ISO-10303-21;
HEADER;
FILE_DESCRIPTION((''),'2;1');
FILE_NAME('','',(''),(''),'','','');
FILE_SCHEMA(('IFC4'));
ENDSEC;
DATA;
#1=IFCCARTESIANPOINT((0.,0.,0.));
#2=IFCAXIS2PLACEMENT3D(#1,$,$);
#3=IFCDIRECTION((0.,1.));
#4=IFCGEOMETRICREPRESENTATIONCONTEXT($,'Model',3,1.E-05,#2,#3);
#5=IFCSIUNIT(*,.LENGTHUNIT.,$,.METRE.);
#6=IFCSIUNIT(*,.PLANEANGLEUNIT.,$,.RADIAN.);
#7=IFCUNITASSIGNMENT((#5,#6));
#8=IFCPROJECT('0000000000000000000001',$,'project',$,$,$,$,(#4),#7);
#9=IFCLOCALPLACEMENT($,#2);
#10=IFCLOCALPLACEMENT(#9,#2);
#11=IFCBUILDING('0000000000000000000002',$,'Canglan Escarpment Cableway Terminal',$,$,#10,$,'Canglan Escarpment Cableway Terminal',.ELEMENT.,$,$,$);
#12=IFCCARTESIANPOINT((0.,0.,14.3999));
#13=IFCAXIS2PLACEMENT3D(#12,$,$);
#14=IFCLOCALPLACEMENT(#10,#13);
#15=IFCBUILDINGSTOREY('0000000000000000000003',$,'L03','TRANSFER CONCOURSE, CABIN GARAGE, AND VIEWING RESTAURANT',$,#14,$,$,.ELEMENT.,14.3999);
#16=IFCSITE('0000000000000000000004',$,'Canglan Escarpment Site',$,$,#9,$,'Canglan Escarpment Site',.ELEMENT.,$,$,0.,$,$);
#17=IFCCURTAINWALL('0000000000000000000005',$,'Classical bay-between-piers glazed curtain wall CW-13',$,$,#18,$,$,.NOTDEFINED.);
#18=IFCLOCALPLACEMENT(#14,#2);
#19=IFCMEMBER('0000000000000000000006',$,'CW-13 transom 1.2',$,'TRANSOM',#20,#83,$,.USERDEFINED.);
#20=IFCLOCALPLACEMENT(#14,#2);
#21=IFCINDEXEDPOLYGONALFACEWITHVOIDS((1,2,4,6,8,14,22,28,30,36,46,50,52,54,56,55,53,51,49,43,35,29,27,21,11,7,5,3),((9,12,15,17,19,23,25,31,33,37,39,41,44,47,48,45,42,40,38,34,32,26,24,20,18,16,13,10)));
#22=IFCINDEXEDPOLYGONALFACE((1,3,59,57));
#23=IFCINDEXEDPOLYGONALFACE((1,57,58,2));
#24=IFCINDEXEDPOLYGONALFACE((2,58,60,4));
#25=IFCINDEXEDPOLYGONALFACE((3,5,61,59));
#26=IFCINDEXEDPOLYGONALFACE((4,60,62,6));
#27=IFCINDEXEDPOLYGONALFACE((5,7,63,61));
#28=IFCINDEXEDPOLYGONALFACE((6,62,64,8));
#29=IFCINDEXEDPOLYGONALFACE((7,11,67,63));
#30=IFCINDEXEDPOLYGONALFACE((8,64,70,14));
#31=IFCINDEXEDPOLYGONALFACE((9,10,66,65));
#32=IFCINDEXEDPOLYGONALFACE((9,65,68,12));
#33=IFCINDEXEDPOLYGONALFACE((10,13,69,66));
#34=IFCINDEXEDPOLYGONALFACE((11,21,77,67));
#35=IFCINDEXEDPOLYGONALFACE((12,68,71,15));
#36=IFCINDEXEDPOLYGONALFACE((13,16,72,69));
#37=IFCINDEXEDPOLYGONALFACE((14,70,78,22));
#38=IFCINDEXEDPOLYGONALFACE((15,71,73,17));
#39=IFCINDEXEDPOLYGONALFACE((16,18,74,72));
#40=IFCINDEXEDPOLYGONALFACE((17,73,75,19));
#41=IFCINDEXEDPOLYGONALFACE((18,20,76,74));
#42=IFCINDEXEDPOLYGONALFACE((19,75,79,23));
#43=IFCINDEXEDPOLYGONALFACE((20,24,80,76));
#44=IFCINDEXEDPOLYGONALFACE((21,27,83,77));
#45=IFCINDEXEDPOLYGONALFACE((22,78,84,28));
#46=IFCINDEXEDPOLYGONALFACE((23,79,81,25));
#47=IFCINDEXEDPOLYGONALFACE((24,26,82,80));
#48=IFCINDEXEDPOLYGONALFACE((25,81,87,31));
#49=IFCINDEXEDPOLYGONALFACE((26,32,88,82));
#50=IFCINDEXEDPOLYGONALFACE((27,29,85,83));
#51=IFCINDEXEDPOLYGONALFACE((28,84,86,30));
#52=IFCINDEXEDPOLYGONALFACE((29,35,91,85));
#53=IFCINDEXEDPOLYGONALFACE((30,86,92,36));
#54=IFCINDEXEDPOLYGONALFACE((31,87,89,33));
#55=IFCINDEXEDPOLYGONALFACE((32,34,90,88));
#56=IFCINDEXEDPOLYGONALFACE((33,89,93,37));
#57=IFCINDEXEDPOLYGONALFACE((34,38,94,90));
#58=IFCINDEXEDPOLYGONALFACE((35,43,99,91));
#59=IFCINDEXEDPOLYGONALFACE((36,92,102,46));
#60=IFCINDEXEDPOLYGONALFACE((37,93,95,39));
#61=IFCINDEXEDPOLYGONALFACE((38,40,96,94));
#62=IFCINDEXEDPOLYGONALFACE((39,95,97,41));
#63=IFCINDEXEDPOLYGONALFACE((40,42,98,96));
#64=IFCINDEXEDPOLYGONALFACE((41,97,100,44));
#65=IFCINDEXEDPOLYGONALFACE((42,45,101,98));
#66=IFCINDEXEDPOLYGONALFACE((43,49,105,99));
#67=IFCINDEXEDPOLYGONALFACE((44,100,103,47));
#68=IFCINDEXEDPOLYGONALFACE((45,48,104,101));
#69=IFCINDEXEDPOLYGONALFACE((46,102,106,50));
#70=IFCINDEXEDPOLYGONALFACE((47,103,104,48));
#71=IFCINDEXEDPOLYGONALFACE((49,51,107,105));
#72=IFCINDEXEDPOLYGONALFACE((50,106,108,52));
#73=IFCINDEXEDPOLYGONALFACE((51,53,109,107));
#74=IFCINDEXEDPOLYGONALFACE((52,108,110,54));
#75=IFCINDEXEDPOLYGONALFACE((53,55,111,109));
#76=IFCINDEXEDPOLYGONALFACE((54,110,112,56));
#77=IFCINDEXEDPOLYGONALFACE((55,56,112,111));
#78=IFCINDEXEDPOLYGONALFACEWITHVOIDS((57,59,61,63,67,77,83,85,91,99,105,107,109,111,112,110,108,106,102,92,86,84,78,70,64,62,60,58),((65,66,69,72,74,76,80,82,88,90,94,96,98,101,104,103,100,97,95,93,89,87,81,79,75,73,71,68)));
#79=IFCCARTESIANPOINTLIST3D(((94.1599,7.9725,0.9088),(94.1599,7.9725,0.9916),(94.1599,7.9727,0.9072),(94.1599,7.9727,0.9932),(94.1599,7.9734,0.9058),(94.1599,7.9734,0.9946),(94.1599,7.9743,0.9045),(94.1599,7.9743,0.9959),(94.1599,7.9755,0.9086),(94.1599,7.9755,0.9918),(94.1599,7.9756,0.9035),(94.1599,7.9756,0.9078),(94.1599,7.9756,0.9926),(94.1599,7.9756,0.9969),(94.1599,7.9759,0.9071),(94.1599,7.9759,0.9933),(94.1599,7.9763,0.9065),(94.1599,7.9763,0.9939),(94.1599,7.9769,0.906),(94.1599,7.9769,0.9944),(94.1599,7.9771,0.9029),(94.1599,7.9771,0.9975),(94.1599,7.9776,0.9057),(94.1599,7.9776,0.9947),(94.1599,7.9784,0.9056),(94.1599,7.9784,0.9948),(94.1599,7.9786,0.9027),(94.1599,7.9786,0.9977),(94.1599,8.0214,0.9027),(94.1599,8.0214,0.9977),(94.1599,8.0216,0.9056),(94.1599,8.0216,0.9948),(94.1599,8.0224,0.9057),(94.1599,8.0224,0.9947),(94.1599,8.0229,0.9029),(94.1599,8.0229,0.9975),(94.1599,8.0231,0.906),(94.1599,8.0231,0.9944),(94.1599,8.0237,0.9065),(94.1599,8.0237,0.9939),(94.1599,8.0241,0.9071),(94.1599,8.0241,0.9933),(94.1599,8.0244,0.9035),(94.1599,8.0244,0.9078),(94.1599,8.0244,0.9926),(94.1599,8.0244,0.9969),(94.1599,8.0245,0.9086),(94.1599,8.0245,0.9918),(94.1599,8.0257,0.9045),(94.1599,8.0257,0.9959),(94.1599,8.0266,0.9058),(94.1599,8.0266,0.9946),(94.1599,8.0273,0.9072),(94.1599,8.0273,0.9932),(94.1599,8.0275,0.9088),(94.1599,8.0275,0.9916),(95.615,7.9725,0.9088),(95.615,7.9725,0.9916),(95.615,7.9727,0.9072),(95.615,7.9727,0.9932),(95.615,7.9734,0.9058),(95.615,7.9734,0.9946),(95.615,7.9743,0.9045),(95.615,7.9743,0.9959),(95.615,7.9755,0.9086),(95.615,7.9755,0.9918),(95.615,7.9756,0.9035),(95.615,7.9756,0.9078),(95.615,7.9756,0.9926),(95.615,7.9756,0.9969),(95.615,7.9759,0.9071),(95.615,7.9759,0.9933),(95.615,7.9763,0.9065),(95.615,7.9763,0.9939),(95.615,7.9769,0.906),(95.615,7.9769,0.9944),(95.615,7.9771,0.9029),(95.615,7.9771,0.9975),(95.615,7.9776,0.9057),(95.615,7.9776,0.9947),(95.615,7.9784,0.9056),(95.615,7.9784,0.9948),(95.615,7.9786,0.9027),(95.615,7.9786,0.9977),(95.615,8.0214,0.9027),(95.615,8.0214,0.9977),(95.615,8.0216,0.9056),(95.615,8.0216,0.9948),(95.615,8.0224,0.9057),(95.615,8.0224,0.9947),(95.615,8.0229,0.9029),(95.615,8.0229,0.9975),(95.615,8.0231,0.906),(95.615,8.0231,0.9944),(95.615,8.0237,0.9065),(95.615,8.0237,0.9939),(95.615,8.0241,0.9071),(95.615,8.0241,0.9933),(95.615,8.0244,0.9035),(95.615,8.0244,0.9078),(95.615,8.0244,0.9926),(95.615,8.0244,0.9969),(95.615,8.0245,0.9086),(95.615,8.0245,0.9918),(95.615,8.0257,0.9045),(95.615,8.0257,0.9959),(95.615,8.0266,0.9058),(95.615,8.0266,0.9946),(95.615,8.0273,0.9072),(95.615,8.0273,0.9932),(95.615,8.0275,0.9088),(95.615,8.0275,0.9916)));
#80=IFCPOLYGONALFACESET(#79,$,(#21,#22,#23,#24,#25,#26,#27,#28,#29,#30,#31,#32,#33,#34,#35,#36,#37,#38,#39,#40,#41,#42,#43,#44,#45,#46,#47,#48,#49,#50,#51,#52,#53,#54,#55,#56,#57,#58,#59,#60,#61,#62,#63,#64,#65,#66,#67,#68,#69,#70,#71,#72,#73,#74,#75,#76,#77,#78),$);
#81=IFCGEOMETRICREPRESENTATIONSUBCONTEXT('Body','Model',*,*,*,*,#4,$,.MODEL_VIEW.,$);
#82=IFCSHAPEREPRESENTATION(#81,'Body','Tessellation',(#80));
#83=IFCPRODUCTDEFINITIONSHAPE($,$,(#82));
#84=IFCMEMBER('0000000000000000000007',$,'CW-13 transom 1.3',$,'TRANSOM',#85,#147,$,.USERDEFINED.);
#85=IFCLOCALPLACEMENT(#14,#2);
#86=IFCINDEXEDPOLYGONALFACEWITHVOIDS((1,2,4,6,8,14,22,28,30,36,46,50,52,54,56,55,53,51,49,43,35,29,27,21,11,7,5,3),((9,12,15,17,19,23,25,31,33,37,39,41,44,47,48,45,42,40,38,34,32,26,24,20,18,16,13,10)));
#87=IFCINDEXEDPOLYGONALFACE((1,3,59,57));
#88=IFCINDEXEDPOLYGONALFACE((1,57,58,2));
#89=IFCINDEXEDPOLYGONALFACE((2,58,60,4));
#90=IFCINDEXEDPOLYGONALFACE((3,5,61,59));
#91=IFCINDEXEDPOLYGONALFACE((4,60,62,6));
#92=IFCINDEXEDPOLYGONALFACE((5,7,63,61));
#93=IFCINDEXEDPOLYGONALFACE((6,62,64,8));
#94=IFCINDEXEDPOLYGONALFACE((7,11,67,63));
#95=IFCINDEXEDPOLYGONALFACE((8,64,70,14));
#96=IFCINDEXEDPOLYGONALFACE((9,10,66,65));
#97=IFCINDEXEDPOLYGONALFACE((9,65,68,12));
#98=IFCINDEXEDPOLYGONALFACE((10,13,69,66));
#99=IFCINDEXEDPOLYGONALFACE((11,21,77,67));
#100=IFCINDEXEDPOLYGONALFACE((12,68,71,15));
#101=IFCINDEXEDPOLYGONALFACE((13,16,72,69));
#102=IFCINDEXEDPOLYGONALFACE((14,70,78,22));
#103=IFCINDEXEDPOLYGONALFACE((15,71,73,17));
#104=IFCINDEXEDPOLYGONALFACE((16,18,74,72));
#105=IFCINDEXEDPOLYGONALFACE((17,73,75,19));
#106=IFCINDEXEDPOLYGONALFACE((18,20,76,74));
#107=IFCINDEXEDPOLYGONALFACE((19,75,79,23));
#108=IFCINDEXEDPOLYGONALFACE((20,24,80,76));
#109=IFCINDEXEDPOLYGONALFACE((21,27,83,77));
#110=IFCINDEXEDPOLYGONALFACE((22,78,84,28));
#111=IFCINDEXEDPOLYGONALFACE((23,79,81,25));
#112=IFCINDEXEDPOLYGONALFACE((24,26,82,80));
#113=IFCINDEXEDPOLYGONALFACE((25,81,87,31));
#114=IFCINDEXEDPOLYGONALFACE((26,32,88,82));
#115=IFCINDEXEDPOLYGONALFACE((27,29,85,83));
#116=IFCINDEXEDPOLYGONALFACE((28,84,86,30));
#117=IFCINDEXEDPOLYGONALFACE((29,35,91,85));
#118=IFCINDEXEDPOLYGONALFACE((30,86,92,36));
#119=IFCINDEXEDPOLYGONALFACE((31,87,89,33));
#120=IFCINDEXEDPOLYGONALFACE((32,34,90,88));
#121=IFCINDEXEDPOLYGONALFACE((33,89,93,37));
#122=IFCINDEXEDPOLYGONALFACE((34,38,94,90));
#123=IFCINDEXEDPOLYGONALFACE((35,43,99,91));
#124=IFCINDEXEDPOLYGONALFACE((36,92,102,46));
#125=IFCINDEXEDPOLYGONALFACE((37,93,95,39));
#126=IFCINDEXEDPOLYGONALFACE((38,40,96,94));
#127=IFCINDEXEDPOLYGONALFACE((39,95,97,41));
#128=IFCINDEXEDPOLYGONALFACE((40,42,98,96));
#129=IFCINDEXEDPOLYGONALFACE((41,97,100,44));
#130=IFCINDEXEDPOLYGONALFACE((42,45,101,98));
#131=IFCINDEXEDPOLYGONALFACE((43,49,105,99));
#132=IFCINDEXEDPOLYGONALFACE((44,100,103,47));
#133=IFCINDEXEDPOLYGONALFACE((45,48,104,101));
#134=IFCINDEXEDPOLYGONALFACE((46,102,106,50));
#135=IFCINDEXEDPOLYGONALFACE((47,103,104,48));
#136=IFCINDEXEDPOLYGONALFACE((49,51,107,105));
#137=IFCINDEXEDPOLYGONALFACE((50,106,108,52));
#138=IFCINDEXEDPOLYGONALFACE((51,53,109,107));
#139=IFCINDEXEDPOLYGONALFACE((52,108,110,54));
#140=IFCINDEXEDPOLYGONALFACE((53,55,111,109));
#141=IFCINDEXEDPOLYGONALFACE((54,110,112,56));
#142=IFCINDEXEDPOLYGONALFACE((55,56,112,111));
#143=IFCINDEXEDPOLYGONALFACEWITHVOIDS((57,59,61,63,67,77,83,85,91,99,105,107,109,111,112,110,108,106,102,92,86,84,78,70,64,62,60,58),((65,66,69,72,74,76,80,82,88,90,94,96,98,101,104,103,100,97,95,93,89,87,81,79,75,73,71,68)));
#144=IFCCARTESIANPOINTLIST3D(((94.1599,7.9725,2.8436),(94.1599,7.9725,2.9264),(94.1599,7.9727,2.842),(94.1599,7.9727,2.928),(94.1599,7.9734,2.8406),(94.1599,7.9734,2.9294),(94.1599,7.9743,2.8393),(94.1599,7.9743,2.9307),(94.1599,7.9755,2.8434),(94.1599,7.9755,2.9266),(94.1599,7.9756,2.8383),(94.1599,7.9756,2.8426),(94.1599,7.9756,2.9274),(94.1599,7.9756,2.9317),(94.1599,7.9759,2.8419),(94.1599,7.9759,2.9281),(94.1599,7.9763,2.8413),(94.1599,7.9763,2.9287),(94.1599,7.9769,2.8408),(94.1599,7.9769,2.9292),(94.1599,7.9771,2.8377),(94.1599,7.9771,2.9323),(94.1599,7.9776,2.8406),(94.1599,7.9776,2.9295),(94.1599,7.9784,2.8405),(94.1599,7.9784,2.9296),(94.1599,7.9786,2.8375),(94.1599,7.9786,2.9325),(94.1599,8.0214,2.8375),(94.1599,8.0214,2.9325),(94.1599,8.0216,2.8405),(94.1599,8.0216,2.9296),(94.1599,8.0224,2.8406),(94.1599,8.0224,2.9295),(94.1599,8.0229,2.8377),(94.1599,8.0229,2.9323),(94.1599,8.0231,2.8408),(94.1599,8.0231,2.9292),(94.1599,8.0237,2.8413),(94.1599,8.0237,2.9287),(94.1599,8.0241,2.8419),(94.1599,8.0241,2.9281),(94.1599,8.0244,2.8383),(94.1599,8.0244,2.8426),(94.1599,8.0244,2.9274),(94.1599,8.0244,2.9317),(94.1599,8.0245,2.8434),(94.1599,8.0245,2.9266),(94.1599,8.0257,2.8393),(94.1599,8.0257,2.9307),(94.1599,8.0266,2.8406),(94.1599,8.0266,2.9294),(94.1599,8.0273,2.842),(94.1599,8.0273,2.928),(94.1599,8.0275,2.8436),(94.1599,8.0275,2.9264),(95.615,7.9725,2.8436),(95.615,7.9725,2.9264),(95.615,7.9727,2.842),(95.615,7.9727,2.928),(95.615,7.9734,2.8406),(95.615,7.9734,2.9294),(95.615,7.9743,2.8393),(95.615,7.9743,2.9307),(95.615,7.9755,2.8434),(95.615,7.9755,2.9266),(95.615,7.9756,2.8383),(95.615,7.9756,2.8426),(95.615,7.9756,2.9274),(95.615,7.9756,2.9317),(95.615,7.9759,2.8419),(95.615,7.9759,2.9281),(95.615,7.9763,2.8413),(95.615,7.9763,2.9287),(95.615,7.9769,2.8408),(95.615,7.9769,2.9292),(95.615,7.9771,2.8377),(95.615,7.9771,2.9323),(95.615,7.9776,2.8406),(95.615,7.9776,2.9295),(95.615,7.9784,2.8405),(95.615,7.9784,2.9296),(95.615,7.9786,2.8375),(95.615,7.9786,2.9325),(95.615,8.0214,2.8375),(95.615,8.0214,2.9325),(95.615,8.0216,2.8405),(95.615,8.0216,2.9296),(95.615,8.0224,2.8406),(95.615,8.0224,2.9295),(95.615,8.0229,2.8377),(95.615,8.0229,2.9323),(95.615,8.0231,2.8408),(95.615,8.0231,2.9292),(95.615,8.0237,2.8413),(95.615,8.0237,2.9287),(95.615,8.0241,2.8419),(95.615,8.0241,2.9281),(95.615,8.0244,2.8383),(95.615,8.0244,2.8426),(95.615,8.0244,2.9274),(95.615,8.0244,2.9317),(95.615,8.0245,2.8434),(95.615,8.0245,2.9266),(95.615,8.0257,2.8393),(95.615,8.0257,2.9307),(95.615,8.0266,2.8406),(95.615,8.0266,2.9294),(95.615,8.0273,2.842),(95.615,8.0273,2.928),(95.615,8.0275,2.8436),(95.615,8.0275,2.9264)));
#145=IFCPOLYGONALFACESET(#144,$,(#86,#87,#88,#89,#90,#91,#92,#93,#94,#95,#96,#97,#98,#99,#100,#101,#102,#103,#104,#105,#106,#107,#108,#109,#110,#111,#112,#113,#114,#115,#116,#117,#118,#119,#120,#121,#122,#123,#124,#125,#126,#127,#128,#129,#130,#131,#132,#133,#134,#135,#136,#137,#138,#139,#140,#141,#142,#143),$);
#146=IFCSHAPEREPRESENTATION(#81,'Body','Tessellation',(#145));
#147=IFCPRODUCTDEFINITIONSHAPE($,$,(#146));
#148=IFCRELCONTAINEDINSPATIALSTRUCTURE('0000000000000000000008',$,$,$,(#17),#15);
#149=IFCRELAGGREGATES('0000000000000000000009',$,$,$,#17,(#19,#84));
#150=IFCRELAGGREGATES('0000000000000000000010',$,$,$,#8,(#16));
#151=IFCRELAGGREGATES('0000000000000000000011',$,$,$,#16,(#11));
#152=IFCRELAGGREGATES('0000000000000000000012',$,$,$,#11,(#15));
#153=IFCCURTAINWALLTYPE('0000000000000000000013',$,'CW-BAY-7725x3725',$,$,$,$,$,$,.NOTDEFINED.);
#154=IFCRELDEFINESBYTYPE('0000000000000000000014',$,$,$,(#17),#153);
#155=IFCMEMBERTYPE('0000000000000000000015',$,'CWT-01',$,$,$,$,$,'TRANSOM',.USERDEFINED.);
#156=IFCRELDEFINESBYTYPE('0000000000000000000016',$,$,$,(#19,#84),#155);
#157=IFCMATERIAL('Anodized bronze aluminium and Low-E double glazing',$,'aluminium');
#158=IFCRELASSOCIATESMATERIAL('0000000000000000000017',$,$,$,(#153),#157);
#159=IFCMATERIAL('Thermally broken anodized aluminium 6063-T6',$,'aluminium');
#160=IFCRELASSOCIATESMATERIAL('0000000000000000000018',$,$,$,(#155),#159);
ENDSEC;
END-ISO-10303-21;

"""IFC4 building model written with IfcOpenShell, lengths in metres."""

from ifc_helpers import new_model, si_unit, direction, frame, origin, origin_2d, place, context, subcontext, project, spatial, hollow_rectangle, extrude, material, material_profile, profile_set, type_object, element, aggregate, save


model = new_model("IFC4")

# Units and contexts
model_context = context("Model", 3, precision=1e-05, world=origin(), true_north=direction((0.0, 1.0)))
body_context = subcontext(model_context, "Body", "Model", "MODEL_VIEW")
ifc_project = project(units=[si_unit("LENGTHUNIT", "METRE"), si_unit("PLANEANGLEUNIT", "RADIAN")], contexts=[model_context])

# Site, building, storey
site_placement = place(None, origin())
site = spatial("IfcSite", under=ifc_project, at=site_placement, Name="Canglan Escarpment Site", LongName="Canglan Escarpment Site", CompositionType="ELEMENT", RefElevation=0.0)
building_placement = place(site_placement, origin())
building = spatial("IfcBuilding", under=site, at=building_placement, Name="Canglan Escarpment Cableway Terminal", LongName="Canglan Escarpment Cableway Terminal", CompositionType="ELEMENT")
storey_placement = place(building_placement, frame((0.0, 0.0, 14.3999)))
storey = spatial("IfcBuildingStorey", under=building, at=storey_placement, Name="L03", Description="TRANSFER CONCOURSE, CABIN GARAGE, AND VIEWING RESTAURANT", CompositionType="ELEMENT", Elevation=14.3999)

# Curtain wall, members
ifc_material_1 = material(Name="Anodized bronze aluminium and Low-E double glazing", Category="aluminium")
curtain_wall_type = type_object("IfcCurtainWallType", Name="CW-BAY-7725x3725", PredefinedType="NOTDEFINED", material=ifc_material_1)
curtain_wall_placement = place(storey_placement, origin())
curtain_wall = element("IfcCurtainWall", 1, at=curtain_wall_placement, inside=storey, type_object=curtain_wall_type, Name="Classical bay-between-piers glazed curtain wall CW-13", PredefinedType="NOTDEFINED")
ifc_material_2 = material(Name="Thermally broken anodized aluminium 6063-T6", Category="aluminium")
ifc_material_profile_1 = material_profile(ifc_material_2, hollow_rectangle(XDim=0.0549, YDim=0.095, WallThickness=0.0029, InnerFilletRadius=0.0029, OuterFilletRadius=0.0061, at=origin_2d()), Name="ALU-TRAN 55x95x3")
ifc_profile_set_1 = profile_set([ifc_material_profile_1], Name="Thermally broken anodized aluminium 6063-T6")
member_type_1 = type_object("IfcMemberType", Name="CWT-01", ElementType="TRANSOM", PredefinedType="USERDEFINED", material=ifc_profile_set_1)
member_1_placement = place(storey_placement, frame((94.1599, 8.0, 0.9502), z_axis=(1.0, 0.0, 0.0), x_axis=(0.0, 1.0, 0.0)))
member_1 = element("IfcMember", 2, at=member_1_placement, type_object=member_type_1, Name="CW-13 transom 1.2", ObjectType="TRANSOM", PredefinedType="USERDEFINED", context=body_context, shape_type="SweptSolid", body=[
    extrude(hollow_rectangle(XDim=0.0549, YDim=0.095, WallThickness=0.0029, InnerFilletRadius=0.0029, OuterFilletRadius=0.0061, at=origin_2d()), origin(), (0.0, 0.0, 1.0), 1.4551),
])
member_2_placement = place(storey_placement, frame((94.1599, 8.0, 2.885), z_axis=(1.0, 0.0, 0.0), x_axis=(0.0, 1.0, 0.0)))
member_2 = element("IfcMember", 3, at=member_2_placement, type_object=member_type_1, Name="CW-13 transom 1.3", ObjectType="TRANSOM", PredefinedType="USERDEFINED", context=body_context, shape_type="SweptSolid", body=[
    extrude(hollow_rectangle(XDim=0.0549, YDim=0.095, WallThickness=0.0029, InnerFilletRadius=0.0029, OuterFilletRadius=0.0061, at=origin_2d()), origin(), (0.0, 0.0, 1.0), 1.4551),
])

aggregate(curtain_wall, [member_1, member_2])

save(model, "model.ifc")
